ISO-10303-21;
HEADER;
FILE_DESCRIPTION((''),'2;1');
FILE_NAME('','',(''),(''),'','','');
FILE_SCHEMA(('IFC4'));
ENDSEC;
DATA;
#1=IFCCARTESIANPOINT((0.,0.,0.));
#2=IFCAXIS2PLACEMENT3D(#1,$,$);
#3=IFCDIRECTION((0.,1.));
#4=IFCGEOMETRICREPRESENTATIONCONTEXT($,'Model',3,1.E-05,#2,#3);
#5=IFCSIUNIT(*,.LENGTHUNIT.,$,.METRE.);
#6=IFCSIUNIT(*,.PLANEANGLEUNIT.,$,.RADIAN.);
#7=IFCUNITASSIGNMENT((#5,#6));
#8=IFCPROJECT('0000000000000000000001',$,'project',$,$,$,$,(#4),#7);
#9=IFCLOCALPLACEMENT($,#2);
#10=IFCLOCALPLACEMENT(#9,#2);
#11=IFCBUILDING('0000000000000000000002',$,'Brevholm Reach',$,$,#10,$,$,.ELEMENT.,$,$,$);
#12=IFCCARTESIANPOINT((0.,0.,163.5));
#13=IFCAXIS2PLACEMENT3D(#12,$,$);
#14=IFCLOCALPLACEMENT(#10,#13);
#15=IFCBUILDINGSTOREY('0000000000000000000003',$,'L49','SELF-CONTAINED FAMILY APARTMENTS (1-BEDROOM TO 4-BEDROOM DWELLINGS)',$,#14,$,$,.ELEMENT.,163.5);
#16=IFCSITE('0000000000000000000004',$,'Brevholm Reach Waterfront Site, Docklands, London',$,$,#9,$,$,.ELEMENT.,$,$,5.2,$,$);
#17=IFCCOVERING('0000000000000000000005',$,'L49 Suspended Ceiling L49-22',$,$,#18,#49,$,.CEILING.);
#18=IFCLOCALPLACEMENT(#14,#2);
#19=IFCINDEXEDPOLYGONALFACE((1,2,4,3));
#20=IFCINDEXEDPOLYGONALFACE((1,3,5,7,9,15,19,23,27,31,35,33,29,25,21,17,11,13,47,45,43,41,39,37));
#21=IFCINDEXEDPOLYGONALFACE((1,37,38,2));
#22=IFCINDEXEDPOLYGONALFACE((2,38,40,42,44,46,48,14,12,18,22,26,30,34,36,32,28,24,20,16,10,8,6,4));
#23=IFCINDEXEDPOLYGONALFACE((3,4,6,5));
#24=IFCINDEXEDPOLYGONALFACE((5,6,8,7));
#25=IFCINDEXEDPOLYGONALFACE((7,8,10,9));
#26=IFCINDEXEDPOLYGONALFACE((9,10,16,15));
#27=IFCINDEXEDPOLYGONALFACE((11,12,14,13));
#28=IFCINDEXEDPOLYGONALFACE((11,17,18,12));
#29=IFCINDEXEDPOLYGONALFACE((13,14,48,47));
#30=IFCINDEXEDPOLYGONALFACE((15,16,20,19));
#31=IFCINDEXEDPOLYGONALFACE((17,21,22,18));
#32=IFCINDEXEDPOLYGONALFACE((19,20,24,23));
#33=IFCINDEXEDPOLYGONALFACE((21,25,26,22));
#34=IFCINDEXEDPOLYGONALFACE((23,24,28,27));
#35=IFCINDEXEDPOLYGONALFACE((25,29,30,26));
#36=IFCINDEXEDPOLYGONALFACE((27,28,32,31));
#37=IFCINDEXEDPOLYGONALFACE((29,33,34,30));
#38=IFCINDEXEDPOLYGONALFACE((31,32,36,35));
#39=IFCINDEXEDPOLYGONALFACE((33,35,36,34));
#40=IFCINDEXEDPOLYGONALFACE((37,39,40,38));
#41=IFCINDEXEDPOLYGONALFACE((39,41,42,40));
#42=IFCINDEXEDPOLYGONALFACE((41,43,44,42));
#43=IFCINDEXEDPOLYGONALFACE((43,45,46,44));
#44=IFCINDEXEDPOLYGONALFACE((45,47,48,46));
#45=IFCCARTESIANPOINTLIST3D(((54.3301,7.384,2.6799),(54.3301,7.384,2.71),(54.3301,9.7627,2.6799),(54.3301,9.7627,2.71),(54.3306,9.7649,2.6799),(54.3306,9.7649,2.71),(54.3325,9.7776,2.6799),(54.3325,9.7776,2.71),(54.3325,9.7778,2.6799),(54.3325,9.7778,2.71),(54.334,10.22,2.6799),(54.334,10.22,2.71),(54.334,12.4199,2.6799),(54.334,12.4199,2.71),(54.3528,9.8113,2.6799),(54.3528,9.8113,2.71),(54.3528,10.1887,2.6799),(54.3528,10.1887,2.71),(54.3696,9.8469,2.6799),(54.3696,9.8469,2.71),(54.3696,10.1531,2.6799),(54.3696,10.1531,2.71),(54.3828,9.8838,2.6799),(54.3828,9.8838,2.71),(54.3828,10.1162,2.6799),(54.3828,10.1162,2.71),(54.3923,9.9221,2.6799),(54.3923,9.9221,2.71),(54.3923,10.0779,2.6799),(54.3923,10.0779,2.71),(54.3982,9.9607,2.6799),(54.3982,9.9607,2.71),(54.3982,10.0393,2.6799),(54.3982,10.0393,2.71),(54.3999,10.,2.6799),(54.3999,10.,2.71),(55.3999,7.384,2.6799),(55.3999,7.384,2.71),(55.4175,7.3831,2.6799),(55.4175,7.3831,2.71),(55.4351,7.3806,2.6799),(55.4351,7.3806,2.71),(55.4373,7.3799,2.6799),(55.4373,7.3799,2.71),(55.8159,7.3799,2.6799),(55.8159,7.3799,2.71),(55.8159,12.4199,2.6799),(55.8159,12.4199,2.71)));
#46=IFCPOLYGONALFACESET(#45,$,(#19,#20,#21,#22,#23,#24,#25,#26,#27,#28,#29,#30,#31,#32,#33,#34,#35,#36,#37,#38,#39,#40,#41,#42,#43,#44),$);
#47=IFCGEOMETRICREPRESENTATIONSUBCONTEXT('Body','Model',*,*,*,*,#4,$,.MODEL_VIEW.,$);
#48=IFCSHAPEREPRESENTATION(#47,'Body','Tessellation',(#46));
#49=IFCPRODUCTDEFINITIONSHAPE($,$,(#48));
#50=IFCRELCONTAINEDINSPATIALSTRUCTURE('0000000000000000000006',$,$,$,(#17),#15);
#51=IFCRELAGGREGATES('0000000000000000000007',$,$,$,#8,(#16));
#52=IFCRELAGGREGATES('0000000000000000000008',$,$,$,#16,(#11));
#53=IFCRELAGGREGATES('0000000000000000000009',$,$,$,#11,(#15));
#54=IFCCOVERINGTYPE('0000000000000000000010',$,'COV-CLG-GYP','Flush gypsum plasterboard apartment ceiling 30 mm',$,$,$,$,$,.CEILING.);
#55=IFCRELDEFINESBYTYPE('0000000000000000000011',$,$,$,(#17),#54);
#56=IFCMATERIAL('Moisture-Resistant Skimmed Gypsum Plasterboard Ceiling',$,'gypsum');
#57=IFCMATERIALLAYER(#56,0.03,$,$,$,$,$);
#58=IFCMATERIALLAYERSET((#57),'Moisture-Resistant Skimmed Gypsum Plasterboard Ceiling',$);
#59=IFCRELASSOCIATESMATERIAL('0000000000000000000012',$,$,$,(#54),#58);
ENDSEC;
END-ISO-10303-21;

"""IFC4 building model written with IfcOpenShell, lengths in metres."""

from ifc_helpers import new_model, si_unit, direction, frame, origin, place, context, subcontext, project, spatial, polyline, outline, extrude, material, layer, layer_set, type_object, element, save


model = new_model("IFC4")

# Units and contexts
model_context = context("Model", 3, precision=1e-05, world=origin(), true_north=direction((0.0, 1.0)))
body_context = subcontext(model_context, "Body", "Model", "MODEL_VIEW")
ifc_project = project(units=[si_unit("LENGTHUNIT", "METRE"), si_unit("PLANEANGLEUNIT", "RADIAN")], contexts=[model_context])

# Site, building, storey
site_placement = place(None, origin())
site = spatial("IfcSite", under=ifc_project, at=site_placement, Name="Brevholm Reach Waterfront Site, Docklands, London", CompositionType="ELEMENT", RefElevation=5.2)
building_placement = place(site_placement, origin())
building = spatial("IfcBuilding", under=site, at=building_placement, Name="Brevholm Reach", CompositionType="ELEMENT")
storey_placement = place(building_placement, frame((0.0, 0.0, 163.5)))
storey = spatial("IfcBuildingStorey", under=building, at=storey_placement, Name="L49", Description="SELF-CONTAINED FAMILY APARTMENTS (1-BEDROOM TO 4-BEDROOM DWELLINGS)", CompositionType="ELEMENT", Elevation=163.5)

# Covering
ifc_material_1 = material(Name="Moisture-Resistant Skimmed Gypsum Plasterboard Ceiling", Category="gypsum")
ifc_layer_1 = layer(ifc_material_1, 0.03)
ifc_layer_set_1 = layer_set([ifc_layer_1], Name="Moisture-Resistant Skimmed Gypsum Plasterboard Ceiling")
covering_type_1 = type_object("IfcCoveringType", Name="COV-CLG-GYP", Description="Flush gypsum plasterboard apartment ceiling 30 mm", PredefinedType="CEILING", material=ifc_layer_set_1)
covering_1_placement = place(storey_placement, frame((0.0, 0.0, 2.6799)))
element("IfcCovering", 1, at=covering_1_placement, inside=storey, type_object=covering_type_1, Name="L49 Suspended Ceiling L49-22", PredefinedType="CEILING", context=body_context, shape_type="SweptSolid", body=[
    extrude(outline(polyline([(54.3301, 9.7627), (54.3306, 9.7649), (54.3325, 9.7776), (54.3325, 9.7778), (54.3528, 9.8113), (54.3696, 9.8469), (54.3828, 9.8838), (54.3923, 9.9221), (54.3982, 9.9607), (54.3999, 10.0), (54.3982, 10.0393), (54.3923, 10.0779), (54.3828, 10.1162), (54.3696, 10.1531), (54.3528, 10.1887), (54.334, 10.22), (54.334, 12.4199), (55.8159, 12.4199), (55.8159, 7.3799), (55.4373, 7.3799), (55.4351, 7.3806), (55.4175, 7.3831), (55.3999, 7.384), (54.3301, 7.384), (54.3301, 9.7627)])), origin(), (0.0, 0.0, 1.0), 0.03),
])

save(model, "model.ifc")
